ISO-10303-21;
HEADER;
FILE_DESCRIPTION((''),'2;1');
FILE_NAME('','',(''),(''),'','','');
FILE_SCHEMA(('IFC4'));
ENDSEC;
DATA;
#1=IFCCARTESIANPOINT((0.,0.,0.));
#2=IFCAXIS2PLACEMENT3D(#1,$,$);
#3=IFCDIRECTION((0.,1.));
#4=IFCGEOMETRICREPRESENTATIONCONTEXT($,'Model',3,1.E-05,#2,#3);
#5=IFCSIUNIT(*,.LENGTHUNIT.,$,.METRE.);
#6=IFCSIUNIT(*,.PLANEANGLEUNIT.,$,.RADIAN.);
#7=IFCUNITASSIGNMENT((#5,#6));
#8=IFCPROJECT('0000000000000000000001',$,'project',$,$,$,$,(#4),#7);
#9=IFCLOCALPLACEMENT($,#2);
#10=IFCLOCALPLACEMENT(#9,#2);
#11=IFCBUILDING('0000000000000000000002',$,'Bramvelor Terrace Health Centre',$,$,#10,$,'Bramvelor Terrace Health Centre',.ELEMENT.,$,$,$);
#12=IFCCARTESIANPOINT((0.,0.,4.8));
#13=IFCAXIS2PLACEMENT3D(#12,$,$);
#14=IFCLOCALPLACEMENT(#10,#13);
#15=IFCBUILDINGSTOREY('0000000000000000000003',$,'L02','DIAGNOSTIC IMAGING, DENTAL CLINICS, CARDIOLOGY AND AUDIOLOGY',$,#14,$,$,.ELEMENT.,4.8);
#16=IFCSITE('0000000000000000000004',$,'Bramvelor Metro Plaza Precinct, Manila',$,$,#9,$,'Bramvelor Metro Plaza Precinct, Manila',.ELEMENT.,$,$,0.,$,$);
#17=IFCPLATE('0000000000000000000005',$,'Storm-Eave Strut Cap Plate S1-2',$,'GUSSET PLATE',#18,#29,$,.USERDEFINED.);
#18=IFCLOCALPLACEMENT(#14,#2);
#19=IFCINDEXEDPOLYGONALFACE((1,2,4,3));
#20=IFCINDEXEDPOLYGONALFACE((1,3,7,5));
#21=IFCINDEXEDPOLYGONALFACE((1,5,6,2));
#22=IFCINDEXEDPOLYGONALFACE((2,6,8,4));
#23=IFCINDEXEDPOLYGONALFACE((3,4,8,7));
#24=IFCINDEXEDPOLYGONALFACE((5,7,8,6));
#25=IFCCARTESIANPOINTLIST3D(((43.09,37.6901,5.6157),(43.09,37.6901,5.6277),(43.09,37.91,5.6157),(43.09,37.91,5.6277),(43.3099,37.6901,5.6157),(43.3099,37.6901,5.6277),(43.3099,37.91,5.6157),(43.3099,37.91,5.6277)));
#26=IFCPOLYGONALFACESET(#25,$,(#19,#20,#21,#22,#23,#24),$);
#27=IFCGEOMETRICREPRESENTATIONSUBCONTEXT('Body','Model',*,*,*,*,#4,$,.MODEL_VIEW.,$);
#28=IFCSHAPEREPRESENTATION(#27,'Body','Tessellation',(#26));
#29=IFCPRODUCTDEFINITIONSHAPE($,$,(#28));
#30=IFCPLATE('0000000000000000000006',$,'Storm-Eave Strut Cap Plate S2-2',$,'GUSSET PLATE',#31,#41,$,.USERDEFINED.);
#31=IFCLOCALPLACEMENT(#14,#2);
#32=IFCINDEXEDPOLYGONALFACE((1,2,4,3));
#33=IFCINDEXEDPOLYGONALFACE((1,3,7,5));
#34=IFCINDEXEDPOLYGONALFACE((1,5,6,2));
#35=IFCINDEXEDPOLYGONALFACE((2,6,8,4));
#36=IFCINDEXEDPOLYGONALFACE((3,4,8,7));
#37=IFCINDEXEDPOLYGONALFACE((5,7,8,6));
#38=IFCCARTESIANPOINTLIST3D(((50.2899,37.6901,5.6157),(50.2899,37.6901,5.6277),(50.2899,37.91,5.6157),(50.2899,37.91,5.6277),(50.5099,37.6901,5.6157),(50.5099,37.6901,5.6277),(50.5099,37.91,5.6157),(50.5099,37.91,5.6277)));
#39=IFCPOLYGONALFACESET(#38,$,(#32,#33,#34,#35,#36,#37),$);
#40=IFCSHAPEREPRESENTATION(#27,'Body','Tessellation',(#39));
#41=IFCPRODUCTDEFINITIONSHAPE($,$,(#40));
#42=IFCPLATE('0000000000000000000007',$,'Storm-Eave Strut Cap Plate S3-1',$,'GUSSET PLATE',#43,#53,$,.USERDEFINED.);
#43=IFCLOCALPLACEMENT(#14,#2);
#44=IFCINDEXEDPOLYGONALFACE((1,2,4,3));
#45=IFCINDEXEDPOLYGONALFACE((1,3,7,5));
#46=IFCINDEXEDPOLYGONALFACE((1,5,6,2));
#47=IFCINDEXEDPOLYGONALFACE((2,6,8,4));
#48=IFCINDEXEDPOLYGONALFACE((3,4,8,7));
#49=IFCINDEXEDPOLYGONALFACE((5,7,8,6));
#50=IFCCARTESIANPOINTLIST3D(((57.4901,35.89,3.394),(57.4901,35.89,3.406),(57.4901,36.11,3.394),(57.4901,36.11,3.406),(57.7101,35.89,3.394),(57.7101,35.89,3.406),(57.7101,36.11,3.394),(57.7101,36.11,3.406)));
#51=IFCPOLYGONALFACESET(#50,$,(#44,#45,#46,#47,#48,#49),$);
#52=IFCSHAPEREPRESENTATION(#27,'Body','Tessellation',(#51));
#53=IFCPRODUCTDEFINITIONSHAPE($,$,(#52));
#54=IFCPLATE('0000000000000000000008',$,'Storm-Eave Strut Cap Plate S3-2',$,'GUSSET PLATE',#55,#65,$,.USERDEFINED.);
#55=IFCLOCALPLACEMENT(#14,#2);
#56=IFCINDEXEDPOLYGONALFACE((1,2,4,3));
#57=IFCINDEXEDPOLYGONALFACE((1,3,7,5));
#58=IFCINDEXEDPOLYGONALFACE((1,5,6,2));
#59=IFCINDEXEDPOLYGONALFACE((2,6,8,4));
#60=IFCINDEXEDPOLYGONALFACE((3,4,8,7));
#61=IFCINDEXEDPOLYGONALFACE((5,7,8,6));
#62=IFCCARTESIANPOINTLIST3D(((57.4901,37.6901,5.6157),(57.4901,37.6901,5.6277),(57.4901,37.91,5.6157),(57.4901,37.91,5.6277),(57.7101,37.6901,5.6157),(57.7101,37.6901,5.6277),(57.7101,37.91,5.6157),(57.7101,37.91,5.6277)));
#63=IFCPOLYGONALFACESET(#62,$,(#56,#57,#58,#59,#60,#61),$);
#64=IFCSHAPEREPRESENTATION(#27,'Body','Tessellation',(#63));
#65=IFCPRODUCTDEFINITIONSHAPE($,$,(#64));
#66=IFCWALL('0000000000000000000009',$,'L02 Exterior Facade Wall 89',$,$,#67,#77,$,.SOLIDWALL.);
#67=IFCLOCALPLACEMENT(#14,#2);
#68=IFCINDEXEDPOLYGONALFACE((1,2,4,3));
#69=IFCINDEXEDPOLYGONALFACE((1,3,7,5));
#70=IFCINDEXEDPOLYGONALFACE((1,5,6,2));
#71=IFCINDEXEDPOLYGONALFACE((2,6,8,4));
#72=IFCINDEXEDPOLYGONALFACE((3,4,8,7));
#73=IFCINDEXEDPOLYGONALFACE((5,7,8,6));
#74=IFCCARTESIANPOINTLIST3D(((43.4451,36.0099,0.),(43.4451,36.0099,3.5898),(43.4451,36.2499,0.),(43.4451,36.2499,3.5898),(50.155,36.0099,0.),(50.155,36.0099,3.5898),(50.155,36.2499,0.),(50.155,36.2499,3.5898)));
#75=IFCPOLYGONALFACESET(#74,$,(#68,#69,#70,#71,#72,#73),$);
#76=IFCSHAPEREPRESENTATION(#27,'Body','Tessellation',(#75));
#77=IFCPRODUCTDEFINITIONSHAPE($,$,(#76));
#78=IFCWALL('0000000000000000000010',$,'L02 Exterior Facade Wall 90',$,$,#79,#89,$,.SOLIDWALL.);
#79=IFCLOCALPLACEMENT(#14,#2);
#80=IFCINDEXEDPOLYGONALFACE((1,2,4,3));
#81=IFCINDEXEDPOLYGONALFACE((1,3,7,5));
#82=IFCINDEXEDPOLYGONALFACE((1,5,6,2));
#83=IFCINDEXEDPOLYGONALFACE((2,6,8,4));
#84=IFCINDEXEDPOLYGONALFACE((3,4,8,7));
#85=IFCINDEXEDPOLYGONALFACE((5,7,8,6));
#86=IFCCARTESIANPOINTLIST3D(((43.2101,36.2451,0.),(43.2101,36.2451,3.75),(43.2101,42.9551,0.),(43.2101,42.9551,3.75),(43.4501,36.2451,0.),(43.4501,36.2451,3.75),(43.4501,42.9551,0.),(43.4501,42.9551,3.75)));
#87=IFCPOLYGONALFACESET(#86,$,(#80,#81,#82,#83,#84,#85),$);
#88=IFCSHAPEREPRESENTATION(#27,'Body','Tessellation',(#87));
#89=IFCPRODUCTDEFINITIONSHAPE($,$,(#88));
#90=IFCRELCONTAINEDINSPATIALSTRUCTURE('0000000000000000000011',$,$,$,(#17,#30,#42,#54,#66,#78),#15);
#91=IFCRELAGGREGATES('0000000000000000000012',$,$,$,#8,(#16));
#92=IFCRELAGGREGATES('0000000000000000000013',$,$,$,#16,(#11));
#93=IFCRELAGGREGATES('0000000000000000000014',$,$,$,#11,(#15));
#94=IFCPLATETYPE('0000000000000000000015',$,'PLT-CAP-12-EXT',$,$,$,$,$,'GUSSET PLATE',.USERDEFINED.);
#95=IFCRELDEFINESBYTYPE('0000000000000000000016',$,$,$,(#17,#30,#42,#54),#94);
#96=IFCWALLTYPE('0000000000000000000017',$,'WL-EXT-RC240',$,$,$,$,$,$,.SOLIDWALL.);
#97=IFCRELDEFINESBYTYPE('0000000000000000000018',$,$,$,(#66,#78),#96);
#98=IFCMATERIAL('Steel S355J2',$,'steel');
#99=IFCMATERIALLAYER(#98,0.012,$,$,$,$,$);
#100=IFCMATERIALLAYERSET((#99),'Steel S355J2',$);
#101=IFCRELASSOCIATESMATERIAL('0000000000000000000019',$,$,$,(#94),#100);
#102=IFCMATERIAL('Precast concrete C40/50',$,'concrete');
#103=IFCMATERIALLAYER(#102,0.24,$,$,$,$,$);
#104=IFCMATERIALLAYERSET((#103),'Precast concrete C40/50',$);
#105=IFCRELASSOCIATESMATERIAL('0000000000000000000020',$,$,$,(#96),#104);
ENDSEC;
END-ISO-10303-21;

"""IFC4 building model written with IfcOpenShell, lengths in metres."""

from ifc_helpers import new_model, si_unit, direction, frame, frame_2d, origin, origin_2d, place, context, subcontext, project, spatial, rectangle, extrude, material, layer, layer_set, type_object, element, save


model = new_model("IFC4")

# Units and contexts
model_context = context("Model", 3, precision=1e-05, world=origin(), true_north=direction((0.0, 1.0)))
body_context = subcontext(model_context, "Body", "Model", "MODEL_VIEW")
ifc_project = project(units=[si_unit("LENGTHUNIT", "METRE"), si_unit("PLANEANGLEUNIT", "RADIAN")], contexts=[model_context])

# Site, building, storey
site_placement = place(None, origin())
site = spatial("IfcSite", under=ifc_project, at=site_placement, Name="Bramvelor Metro Plaza Precinct, Manila", LongName="Bramvelor Metro Plaza Precinct, Manila", CompositionType="ELEMENT", RefElevation=0.0)
building_placement = place(site_placement, origin())
building = spatial("IfcBuilding", under=site, at=building_placement, Name="Bramvelor Terrace Health Centre", LongName="Bramvelor Terrace Health Centre", CompositionType="ELEMENT")
storey_placement = place(building_placement, frame((0.0, 0.0, 4.8)))
storey = spatial("IfcBuildingStorey", under=building, at=storey_placement, Name="L02", Description="DIAGNOSTIC IMAGING, DENTAL CLINICS, CARDIOLOGY AND AUDIOLOGY", CompositionType="ELEMENT", Elevation=4.8)

# Plates
ifc_material_1 = material(Name="Steel S355J2", Category="steel")
ifc_layer_1 = layer(ifc_material_1, 0.012)
ifc_layer_set_1 = layer_set([ifc_layer_1], Name="Steel S355J2")
plate_type_1 = type_object("IfcPlateType", Name="PLT-CAP-12-EXT", ElementType="GUSSET PLATE", PredefinedType="USERDEFINED", material=ifc_layer_set_1)
for number, where, z_axis, x_axis, name in (
    (1, (43.2, 37.8, 5.6157), (0.0, 0.0, 1.0), (1.0, 0.0, 0.0), "Storm-Eave Strut Cap Plate S1-2"),
    (2, (50.3999, 37.8, 5.6157), (0.0, 0.0, 1.0), (1.0, 0.0, 0.0), "Storm-Eave Strut Cap Plate S2-2"),
    (3, (57.6001, 36.0, 3.394), (0.0, 0.0, 1.0), (1.0, 0.0, 0.0), "Storm-Eave Strut Cap Plate S3-1"),
    (4, (57.6001, 37.8, 5.6157), (0.0, 0.0, 1.0), (1.0, 0.0, 0.0), "Storm-Eave Strut Cap Plate S3-2"),
):
    element("IfcPlate", number, at=place(storey_placement, frame(where, z_axis=z_axis, x_axis=x_axis)), inside=storey, type_object=plate_type_1, Name=name, ObjectType="GUSSET PLATE", PredefinedType="USERDEFINED", context=body_context, shape_type="SweptSolid", body=[
        extrude(rectangle(XDim=0.22, YDim=0.22, at=origin_2d()), origin(), (0.0, 0.0, 1.0), 0.012),
    ])

# Walls
ifc_material_2 = material(Name="Precast concrete C40/50", Category="concrete")
ifc_layer_2 = layer(ifc_material_2, 0.24)
ifc_layer_set_2 = layer_set([ifc_layer_2], Name="Precast concrete C40/50")
wall_type = type_object("IfcWallType", Name="WL-EXT-RC240", PredefinedType="SOLIDWALL", material=ifc_layer_set_2)
wall_1_placement = place(storey_placement, frame((50.155, 36.1299, 0.0), z_axis=(0.0, 0.0, 1.0), x_axis=(-1.0, 0.0, 0.0)))
element("IfcWall", 5, at=wall_1_placement, inside=storey, type_object=wall_type, Name="L02 Exterior Facade Wall 89", PredefinedType="SOLIDWALL", context=body_context, shape_type="SweptSolid", body=[
    extrude(rectangle(XDim=6.71, YDim=0.24, at=frame_2d((3.355, 0.0))), origin(), (0.0, 0.0, 1.0), 3.5898),
])
wall_2_placement = place(storey_placement, frame((43.3301, 36.2451, 0.0), z_axis=(0.0, 0.0, 1.0), x_axis=(0.0, 1.0, 0.0)))
element("IfcWall", 6, at=wall_2_placement, inside=storey, type_object=wall_type, Name="L02 Exterior Facade Wall 90", PredefinedType="SOLIDWALL", context=body_context, shape_type="SweptSolid", body=[
    extrude(rectangle(XDim=6.71, YDim=0.24, at=frame_2d((3.355, 0.0))), origin(), (0.0, 0.0, 1.0), 3.75),
])

save(model, "model.ifc")
